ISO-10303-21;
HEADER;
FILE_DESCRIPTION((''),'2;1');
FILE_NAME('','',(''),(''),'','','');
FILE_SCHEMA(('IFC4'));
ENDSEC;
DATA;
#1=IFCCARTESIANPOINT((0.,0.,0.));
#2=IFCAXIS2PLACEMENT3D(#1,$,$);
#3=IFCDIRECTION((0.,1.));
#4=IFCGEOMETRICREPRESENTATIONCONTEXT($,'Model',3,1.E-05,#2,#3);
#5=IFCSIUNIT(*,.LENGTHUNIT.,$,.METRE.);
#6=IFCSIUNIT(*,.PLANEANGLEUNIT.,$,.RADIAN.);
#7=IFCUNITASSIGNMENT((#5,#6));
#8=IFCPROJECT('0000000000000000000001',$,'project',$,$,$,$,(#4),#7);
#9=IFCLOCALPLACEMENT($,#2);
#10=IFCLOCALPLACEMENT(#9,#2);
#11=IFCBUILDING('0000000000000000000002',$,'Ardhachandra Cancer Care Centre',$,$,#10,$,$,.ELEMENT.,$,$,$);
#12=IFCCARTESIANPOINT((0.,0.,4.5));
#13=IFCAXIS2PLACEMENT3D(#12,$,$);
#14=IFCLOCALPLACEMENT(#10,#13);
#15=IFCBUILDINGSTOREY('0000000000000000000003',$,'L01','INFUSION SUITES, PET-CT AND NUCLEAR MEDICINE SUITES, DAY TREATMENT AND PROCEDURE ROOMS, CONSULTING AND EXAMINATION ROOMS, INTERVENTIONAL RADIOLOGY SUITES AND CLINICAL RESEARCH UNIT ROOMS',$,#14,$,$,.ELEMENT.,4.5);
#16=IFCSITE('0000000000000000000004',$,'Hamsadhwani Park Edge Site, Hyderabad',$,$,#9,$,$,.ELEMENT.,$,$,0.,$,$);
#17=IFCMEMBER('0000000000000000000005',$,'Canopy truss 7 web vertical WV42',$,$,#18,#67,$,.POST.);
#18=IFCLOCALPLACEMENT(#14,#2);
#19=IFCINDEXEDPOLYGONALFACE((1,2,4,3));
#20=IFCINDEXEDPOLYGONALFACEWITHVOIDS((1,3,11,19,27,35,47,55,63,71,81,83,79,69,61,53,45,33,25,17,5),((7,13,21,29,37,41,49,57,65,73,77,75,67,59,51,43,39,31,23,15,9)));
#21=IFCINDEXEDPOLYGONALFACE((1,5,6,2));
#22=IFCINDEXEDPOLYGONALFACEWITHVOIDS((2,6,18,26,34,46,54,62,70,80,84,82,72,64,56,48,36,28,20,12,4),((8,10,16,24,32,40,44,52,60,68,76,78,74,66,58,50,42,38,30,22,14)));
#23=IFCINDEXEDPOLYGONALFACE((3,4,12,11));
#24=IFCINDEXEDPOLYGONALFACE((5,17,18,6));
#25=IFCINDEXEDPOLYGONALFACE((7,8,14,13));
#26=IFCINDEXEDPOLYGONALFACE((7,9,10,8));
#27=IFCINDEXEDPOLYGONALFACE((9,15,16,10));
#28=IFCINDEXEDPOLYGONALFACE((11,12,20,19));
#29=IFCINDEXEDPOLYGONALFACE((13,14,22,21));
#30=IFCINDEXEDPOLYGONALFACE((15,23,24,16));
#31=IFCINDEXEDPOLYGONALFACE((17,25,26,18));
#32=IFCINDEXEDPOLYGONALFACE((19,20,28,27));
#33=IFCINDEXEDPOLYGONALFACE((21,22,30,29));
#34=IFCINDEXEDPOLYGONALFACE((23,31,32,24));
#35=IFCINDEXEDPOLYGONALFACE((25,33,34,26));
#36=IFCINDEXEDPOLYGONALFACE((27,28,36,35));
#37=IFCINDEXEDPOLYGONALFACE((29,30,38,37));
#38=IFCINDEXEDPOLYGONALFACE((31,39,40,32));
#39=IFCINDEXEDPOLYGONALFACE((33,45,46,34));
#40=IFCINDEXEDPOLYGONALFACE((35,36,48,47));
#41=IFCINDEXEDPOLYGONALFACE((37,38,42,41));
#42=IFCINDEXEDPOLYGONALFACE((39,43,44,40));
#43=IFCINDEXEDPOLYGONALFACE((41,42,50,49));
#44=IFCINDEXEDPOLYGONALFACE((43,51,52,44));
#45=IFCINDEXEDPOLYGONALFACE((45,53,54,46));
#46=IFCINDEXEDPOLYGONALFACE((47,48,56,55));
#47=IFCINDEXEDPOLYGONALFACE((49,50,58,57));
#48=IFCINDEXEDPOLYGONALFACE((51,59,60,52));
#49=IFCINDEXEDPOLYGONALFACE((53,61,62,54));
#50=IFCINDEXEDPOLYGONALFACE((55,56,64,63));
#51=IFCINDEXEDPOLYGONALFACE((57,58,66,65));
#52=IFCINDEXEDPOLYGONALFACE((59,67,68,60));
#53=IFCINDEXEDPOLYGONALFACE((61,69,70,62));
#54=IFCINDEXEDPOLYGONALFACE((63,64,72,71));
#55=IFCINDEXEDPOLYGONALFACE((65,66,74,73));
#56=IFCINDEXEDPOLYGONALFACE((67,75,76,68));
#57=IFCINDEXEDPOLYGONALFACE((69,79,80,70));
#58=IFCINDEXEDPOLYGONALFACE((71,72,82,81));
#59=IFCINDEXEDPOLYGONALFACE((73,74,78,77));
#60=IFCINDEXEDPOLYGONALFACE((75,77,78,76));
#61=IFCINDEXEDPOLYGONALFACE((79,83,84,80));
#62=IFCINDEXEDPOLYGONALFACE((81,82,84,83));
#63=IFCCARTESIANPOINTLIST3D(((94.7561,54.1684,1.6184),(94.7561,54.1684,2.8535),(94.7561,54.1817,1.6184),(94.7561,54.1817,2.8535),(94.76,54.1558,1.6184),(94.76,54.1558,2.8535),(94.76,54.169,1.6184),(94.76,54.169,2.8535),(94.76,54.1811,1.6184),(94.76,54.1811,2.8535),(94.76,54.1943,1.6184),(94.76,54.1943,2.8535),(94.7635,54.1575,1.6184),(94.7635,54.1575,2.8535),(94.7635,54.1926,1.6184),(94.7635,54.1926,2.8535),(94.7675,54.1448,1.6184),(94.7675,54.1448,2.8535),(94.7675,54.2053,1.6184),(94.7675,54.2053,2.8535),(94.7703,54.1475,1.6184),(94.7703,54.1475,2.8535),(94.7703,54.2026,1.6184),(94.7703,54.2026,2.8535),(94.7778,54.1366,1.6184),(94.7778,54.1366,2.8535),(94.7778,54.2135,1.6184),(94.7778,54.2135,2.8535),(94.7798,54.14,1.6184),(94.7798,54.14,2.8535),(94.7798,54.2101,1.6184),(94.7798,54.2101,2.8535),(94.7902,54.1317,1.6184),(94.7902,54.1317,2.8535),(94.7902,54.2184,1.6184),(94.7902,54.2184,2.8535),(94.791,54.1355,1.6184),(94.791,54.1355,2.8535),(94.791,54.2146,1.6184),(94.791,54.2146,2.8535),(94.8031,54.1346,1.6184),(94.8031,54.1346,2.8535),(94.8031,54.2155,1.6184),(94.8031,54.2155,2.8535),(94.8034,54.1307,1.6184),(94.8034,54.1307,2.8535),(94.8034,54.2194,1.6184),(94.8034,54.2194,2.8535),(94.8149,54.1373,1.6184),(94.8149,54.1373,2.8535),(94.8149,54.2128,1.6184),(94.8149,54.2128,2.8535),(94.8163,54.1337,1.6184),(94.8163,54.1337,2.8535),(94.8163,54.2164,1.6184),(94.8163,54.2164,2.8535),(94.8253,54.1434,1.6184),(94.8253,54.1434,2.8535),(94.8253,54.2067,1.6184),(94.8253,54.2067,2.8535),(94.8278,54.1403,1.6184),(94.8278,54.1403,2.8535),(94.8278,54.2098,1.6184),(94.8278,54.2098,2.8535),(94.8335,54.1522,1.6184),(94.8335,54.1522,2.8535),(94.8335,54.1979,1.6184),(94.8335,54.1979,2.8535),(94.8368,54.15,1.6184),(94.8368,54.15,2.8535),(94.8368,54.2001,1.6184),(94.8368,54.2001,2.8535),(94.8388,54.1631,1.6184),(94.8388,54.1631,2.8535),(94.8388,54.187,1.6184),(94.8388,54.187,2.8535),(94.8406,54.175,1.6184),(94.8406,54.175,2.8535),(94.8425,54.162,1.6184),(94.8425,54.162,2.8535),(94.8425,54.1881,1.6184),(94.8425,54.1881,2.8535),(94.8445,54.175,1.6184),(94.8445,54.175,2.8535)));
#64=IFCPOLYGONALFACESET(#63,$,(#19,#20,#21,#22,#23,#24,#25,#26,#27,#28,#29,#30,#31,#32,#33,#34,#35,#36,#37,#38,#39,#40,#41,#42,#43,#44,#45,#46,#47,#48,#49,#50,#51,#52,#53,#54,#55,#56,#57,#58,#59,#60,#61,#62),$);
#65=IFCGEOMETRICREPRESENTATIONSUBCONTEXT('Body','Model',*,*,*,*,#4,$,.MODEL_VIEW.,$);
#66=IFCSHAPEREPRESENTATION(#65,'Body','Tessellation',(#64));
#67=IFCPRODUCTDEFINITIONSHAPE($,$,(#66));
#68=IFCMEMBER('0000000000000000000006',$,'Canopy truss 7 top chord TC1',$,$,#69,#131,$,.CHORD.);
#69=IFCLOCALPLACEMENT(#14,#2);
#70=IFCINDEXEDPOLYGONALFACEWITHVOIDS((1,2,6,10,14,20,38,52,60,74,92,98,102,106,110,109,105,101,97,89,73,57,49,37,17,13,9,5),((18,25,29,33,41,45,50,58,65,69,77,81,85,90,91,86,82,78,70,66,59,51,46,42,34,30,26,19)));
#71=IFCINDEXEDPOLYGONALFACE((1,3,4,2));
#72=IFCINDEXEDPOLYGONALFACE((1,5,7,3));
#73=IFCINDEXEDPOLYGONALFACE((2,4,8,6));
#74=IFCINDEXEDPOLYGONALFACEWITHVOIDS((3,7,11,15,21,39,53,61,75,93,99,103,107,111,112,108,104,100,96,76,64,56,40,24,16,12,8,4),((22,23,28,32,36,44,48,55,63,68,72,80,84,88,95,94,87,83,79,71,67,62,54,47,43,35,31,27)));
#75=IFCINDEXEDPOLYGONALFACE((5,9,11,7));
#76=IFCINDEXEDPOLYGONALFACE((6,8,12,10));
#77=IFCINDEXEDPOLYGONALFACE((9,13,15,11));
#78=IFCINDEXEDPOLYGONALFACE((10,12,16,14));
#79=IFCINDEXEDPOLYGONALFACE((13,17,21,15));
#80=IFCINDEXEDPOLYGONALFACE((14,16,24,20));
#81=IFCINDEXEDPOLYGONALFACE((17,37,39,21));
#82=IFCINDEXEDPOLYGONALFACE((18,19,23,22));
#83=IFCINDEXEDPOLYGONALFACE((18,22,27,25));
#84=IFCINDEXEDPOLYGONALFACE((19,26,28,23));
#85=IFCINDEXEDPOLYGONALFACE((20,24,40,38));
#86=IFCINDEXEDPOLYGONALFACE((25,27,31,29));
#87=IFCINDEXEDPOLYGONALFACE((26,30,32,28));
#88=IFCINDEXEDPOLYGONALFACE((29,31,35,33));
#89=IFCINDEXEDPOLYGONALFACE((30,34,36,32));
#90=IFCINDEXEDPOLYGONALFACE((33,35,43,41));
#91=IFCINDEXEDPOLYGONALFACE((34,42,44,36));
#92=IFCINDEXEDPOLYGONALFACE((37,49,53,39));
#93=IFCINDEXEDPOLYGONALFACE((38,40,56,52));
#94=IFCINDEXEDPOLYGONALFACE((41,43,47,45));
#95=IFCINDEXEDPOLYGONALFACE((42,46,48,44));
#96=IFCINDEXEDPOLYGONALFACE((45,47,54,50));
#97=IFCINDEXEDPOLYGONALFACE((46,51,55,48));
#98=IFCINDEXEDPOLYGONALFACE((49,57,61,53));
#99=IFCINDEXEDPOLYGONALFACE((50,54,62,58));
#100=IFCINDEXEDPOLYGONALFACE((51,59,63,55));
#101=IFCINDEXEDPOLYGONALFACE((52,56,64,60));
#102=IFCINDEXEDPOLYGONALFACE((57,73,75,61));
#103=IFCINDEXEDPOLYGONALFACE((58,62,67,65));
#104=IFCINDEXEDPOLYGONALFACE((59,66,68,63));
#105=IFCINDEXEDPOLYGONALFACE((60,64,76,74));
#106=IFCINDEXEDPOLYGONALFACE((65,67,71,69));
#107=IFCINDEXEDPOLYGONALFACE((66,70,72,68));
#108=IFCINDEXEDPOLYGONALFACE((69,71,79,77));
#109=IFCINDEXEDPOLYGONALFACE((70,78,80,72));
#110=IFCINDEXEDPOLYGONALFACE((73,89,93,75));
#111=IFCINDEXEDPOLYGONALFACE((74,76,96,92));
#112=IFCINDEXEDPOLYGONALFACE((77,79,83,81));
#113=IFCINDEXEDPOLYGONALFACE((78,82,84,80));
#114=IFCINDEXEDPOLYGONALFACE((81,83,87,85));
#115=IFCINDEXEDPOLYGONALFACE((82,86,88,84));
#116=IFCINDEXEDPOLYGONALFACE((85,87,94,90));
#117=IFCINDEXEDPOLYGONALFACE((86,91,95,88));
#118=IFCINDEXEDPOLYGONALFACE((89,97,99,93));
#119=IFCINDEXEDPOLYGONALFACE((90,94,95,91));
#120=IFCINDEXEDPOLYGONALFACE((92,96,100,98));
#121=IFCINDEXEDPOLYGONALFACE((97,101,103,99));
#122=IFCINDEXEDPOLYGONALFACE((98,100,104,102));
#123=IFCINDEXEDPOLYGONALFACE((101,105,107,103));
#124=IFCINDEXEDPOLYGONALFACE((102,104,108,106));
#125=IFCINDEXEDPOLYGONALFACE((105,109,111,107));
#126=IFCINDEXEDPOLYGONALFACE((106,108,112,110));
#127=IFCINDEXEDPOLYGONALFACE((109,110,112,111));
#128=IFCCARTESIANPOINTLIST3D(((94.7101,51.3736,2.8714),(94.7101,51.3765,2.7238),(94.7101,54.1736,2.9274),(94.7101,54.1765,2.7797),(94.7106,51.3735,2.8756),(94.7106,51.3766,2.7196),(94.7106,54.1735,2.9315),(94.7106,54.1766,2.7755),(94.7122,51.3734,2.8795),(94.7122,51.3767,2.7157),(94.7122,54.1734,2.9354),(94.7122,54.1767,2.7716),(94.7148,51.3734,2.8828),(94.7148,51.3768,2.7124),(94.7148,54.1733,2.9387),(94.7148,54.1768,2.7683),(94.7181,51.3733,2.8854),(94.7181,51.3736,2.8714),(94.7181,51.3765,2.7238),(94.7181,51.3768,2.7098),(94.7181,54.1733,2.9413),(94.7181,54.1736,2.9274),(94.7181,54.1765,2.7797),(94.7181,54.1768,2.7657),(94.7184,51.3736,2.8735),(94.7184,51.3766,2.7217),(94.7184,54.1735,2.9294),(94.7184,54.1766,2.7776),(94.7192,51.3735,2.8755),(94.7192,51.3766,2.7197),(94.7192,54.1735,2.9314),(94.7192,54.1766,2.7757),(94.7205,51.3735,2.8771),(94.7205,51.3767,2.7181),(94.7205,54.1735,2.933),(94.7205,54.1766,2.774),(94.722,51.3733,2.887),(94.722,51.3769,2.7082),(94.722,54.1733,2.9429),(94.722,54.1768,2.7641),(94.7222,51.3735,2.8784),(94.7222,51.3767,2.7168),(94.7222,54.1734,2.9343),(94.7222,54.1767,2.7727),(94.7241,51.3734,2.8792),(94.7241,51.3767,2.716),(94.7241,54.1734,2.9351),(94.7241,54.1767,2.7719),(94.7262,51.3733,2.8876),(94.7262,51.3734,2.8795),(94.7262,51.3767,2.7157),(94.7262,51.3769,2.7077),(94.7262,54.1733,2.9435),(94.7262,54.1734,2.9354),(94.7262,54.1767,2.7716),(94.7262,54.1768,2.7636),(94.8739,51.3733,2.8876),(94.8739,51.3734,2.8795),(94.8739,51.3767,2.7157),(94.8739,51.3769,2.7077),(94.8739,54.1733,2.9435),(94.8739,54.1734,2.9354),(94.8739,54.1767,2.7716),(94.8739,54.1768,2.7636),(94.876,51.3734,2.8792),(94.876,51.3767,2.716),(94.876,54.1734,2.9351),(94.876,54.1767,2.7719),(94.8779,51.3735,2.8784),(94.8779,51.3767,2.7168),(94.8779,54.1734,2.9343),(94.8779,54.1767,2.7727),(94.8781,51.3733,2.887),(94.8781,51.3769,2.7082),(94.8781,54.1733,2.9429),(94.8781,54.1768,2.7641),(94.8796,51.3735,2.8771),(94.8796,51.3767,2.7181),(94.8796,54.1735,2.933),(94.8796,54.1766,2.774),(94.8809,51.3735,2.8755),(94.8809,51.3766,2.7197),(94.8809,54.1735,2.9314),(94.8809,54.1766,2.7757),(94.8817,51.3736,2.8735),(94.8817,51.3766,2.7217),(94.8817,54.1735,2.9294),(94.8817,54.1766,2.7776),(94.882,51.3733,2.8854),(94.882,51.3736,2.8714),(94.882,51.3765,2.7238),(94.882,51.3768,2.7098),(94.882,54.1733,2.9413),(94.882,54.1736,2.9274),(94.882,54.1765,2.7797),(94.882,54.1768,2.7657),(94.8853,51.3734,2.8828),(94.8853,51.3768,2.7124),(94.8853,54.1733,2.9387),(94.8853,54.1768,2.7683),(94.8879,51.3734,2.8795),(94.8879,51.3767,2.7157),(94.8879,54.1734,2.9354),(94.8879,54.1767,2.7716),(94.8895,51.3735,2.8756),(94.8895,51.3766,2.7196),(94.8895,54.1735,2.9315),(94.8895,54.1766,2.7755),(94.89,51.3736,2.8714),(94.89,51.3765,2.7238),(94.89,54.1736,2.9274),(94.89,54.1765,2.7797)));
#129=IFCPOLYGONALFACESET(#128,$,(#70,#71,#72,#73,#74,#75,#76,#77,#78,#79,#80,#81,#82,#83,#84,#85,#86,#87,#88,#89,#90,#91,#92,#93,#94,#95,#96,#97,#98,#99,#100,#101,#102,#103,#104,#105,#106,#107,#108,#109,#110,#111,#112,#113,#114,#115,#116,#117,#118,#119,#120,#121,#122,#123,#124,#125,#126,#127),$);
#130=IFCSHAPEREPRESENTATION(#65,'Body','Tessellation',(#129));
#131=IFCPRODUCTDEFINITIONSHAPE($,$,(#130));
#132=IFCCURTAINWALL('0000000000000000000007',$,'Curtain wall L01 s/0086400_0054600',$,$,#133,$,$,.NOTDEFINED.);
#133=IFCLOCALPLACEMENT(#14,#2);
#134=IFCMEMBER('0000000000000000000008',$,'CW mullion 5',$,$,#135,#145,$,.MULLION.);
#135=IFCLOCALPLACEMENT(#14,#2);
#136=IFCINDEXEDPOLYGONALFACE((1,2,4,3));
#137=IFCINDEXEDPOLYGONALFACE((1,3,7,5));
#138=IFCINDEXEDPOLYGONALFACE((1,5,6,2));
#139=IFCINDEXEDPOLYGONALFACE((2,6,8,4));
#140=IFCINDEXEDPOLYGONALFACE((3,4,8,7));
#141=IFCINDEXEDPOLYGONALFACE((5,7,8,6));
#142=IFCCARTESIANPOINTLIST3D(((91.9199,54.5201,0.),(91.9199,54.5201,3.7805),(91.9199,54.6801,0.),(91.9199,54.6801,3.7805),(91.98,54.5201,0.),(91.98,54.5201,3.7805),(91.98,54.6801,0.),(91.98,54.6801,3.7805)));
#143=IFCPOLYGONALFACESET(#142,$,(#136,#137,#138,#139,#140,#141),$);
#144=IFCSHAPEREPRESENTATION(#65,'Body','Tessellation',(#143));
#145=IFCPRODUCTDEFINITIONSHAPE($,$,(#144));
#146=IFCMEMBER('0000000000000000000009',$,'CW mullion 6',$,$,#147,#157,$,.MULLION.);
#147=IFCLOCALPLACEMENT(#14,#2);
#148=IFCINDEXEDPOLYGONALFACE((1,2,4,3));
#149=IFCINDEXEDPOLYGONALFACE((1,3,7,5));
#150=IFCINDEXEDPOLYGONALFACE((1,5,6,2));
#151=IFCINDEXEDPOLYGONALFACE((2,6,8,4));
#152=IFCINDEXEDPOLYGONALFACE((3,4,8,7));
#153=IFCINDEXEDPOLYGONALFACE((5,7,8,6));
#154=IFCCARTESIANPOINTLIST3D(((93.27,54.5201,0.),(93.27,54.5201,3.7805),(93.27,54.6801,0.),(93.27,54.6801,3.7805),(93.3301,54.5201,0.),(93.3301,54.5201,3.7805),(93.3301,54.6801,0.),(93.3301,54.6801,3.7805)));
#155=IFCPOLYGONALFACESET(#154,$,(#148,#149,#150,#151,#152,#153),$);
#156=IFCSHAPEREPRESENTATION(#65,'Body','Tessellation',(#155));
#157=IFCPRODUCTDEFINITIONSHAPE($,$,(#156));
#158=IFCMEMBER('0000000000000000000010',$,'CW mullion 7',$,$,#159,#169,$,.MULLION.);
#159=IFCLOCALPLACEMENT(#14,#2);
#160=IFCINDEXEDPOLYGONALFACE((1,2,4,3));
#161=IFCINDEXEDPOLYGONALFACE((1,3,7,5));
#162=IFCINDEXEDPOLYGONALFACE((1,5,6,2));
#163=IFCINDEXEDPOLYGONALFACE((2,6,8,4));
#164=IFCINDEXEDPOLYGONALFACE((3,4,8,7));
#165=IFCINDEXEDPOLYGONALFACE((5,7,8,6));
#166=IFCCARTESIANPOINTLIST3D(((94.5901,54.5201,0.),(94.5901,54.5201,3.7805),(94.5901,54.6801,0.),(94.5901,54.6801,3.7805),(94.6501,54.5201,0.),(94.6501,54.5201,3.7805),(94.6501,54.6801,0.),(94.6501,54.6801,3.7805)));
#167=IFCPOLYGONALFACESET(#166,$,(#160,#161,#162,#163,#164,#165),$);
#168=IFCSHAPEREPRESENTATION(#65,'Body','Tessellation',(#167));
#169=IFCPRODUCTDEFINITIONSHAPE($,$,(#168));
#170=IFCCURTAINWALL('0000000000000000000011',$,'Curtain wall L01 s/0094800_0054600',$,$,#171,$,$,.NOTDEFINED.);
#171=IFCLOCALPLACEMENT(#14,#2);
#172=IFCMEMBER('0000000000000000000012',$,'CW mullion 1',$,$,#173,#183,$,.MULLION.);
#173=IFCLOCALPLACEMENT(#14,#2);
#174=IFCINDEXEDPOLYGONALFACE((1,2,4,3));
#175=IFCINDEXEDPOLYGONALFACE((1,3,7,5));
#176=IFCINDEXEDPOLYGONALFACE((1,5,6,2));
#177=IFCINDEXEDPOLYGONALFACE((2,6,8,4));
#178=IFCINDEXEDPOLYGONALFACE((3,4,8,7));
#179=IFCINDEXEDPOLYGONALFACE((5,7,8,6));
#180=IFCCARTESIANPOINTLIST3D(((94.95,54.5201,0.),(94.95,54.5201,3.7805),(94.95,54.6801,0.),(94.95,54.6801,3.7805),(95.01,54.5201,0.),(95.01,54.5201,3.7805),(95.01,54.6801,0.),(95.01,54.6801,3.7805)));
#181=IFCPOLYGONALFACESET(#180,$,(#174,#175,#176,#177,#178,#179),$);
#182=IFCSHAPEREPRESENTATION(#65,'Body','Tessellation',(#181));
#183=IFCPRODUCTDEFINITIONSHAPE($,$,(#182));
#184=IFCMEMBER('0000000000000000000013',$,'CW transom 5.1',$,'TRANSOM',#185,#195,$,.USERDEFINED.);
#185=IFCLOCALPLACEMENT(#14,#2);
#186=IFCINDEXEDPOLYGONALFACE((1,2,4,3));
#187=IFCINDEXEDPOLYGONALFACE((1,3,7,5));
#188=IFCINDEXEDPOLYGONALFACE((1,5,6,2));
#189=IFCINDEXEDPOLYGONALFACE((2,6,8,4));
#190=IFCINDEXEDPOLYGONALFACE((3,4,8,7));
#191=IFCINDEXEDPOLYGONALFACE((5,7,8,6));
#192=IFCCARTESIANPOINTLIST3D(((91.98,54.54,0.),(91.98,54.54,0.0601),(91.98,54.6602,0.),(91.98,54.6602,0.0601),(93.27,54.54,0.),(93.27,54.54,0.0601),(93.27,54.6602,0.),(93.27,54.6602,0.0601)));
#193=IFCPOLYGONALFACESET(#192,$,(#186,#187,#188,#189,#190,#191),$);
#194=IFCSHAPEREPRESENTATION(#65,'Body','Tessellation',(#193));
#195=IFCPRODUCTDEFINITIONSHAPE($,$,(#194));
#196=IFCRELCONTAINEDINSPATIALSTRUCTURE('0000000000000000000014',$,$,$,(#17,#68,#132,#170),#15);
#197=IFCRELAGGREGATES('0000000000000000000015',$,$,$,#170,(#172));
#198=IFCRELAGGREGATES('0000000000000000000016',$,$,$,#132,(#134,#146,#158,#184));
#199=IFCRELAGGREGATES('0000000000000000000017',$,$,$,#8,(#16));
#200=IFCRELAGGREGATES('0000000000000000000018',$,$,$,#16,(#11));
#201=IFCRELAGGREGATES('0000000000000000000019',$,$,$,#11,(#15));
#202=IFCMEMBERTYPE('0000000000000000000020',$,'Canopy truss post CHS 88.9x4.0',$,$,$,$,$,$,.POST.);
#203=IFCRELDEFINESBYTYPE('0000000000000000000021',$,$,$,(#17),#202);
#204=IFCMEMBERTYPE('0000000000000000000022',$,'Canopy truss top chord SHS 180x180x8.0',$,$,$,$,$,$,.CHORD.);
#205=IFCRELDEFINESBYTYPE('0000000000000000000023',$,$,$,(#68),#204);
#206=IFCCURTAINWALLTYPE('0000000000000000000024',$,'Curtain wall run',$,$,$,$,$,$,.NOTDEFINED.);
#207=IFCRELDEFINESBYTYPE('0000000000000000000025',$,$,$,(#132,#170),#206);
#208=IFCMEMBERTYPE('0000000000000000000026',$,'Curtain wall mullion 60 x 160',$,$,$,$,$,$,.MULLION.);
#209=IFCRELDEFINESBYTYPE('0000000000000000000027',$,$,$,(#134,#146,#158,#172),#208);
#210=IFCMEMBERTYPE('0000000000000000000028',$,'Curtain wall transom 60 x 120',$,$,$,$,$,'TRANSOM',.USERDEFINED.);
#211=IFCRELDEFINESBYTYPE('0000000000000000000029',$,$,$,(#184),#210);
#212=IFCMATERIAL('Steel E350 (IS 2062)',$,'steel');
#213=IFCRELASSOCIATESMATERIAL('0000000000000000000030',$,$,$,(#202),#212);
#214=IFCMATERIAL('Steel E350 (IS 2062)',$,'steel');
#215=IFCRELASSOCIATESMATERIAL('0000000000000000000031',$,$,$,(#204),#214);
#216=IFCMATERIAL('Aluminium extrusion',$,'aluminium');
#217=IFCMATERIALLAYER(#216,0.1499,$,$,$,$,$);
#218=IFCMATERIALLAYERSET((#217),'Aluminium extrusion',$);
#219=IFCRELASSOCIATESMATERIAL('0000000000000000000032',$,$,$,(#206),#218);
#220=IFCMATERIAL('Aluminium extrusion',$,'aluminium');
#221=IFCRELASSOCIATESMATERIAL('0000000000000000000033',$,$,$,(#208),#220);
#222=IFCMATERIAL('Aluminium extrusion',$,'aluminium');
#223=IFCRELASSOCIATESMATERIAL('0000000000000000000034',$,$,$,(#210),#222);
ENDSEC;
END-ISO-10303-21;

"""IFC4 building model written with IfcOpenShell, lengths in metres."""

from ifc_helpers import new_model, si_unit, direction, frame, origin, origin_2d, place, context, subcontext, project, spatial, rectangle, hollow_rectangle, hollow_circle, extrude, material, layer, layer_set, material_profile, profile_set, type_object, element, aggregate, save


model = new_model("IFC4")

# Units and contexts
model_context = context("Model", 3, precision=1e-05, world=origin(), true_north=direction((0.0, 1.0)))
body_context = subcontext(model_context, "Body", "Model", "MODEL_VIEW")
ifc_project = project(units=[si_unit("LENGTHUNIT", "METRE"), si_unit("PLANEANGLEUNIT", "RADIAN")], contexts=[model_context])

# Site, building, storey
site_placement = place(None, origin())
site = spatial("IfcSite", under=ifc_project, at=site_placement, Name="Hamsadhwani Park Edge Site, Hyderabad", CompositionType="ELEMENT", RefElevation=0.0)
building_placement = place(site_placement, origin())
building = spatial("IfcBuilding", under=site, at=building_placement, Name="Ardhachandra Cancer Care Centre", CompositionType="ELEMENT")
storey_placement = place(building_placement, frame((0.0, 0.0, 4.5)))
storey = spatial("IfcBuildingStorey", under=building, at=storey_placement, Name="L01", Description="INFUSION SUITES, PET-CT AND NUCLEAR MEDICINE SUITES, DAY TREATMENT AND PROCEDURE ROOMS, CONSULTING AND EXAMINATION ROOMS, INTERVENTIONAL RADIOLOGY SUITES AND CLINICAL RESEARCH UNIT ROOMS", CompositionType="ELEMENT", Elevation=4.5)

# Members
ifc_material_1 = material(Name="Steel E350 (IS 2062)", Category="steel")
ifc_material_profile_1 = material_profile(ifc_material_1, hollow_circle(Radius=0.0444, WallThickness=0.0039, at=origin_2d()), Name="CHS 88.9x4.0")
ifc_profile_set_1 = profile_set([ifc_material_profile_1], Name="Steel E350 (IS 2062)")
member_type_1 = type_object("IfcMemberType", Name="Canopy truss post CHS 88.9x4.0", PredefinedType="POST", material=ifc_profile_set_1)
member_1_placement = place(storey_placement, frame((94.8, 54.175, 2.8535), z_axis=(0.0, 0.0, -1.0), x_axis=(1.0, 0.0, 0.0)))
element("IfcMember", 1, at=member_1_placement, inside=storey, type_object=member_type_1, Name="Canopy truss 7 web vertical WV42", PredefinedType="POST", context=body_context, shape_type="SweptSolid", body=[
    extrude(hollow_circle(Radius=0.0444, WallThickness=0.0039, at=origin_2d()), origin(), (0.0, 0.0, 1.0), 1.2351),
])
ifc_material_2 = material(Name="Steel E350 (IS 2062)", Category="steel")
ifc_material_profile_2 = material_profile(ifc_material_2, hollow_rectangle(XDim=0.1799, YDim=0.1799, WallThickness=0.0081, InnerFilletRadius=0.0081, OuterFilletRadius=0.0161, at=origin_2d()), Name="SHS 180x180x8.0")
ifc_profile_set_2 = profile_set([ifc_material_profile_2], Name="Steel E350 (IS 2062)")
member_type_2 = type_object("IfcMemberType", Name="Canopy truss top chord SHS 180x180x8.0", PredefinedType="CHORD", material=ifc_profile_set_2)
member_2_placement = place(storey_placement, frame((94.8, 54.175, 2.8535), z_axis=(0.0, -0.999801, -0.019963), x_axis=(1.0, 0.0, 0.0)))
element("IfcMember", 2, at=member_2_placement, inside=storey, type_object=member_type_2, Name="Canopy truss 7 top chord TC1", PredefinedType="CHORD", context=body_context, shape_type="SweptSolid", body=[
    extrude(hollow_rectangle(XDim=0.1799, YDim=0.1799, WallThickness=0.0081, InnerFilletRadius=0.0081, OuterFilletRadius=0.0161, at=origin_2d()), origin(), (0.0, 0.0, 1.0), 2.8005),
])

# Curtain wall, members
ifc_material_3 = material(Name="Aluminium extrusion", Category="aluminium")
ifc_layer_1 = layer(ifc_material_3, 0.1499)
ifc_layer_set_1 = layer_set([ifc_layer_1], Name="Aluminium extrusion")
curtain_wall_type = type_object("IfcCurtainWallType", Name="Curtain wall run", PredefinedType="NOTDEFINED", material=ifc_layer_set_1)
curtain_wall_1_placement = place(storey_placement, origin())
curtain_wall_1 = element("IfcCurtainWall", 3, at=curtain_wall_1_placement, inside=storey, type_object=curtain_wall_type, Name="Curtain wall L01 s/0086400_0054600", PredefinedType="NOTDEFINED")
ifc_material_4 = material(Name="Aluminium extrusion", Category="aluminium")
ifc_material_profile_3 = material_profile(ifc_material_4, rectangle(XDim=0.1599, YDim=0.0601, at=origin_2d()), Name="Curtain wall mullion 60 x 160")
ifc_profile_set_3 = profile_set([ifc_material_profile_3], Name="Aluminium extrusion")
member_type_3 = type_object("IfcMemberType", Name="Curtain wall mullion 60 x 160", PredefinedType="MULLION", material=ifc_profile_set_3)
member_3_placement = place(storey_placement, frame((91.95, 54.6001, 0.0), z_axis=(0.0, 0.0, 1.0), x_axis=(0.0, 1.0, 0.0)))
member_3 = element("IfcMember", 4, at=member_3_placement, type_object=member_type_3, Name="CW mullion 5", PredefinedType="MULLION", context=body_context, shape_type="SweptSolid", body=[
    extrude(rectangle(XDim=0.1599, YDim=0.0601, at=origin_2d()), origin(), (0.0, 0.0, 1.0), 3.7805),
])
member_4_placement = place(storey_placement, frame((93.3, 54.6001, 0.0), z_axis=(0.0, 0.0, 1.0), x_axis=(0.0, 1.0, 0.0)))
member_4 = element("IfcMember", 5, at=member_4_placement, type_object=member_type_3, Name="CW mullion 6", PredefinedType="MULLION", context=body_context, shape_type="SweptSolid", body=[
    extrude(rectangle(XDim=0.1599, YDim=0.0601, at=origin_2d()), origin(), (0.0, 0.0, 1.0), 3.7805),
])
member_5_placement = place(storey_placement, frame((94.6201, 54.6001, 0.0), z_axis=(0.0, 0.0, 1.0), x_axis=(0.0, 1.0, 0.0)))
member_5 = element("IfcMember", 6, at=member_5_placement, type_object=member_type_3, Name="CW mullion 7", PredefinedType="MULLION", context=body_context, shape_type="SweptSolid", body=[
    extrude(rectangle(XDim=0.1599, YDim=0.0601, at=origin_2d()), origin(), (0.0, 0.0, 1.0), 3.7805),
])

# Curtain wall, member
curtain_wall_2_placement = place(storey_placement, origin())
curtain_wall_2 = element("IfcCurtainWall", 7, at=curtain_wall_2_placement, inside=storey, type_object=curtain_wall_type, Name="Curtain wall L01 s/0094800_0054600", PredefinedType="NOTDEFINED")
member_6_placement = place(storey_placement, frame((94.98, 54.6001, 0.0), z_axis=(0.0, 0.0, 1.0), x_axis=(0.0, 1.0, 0.0)))
member_6 = element("IfcMember", 8, at=member_6_placement, type_object=member_type_3, Name="CW mullion 1", PredefinedType="MULLION", context=body_context, shape_type="SweptSolid", body=[
    extrude(rectangle(XDim=0.1599, YDim=0.0601, at=origin_2d()), origin(), (0.0, 0.0, 1.0), 3.7805),
])

# Member
ifc_material_5 = material(Name="Aluminium extrusion", Category="aluminium")
ifc_material_profile_4 = material_profile(ifc_material_5, rectangle(XDim=0.1201, YDim=0.0601, at=origin_2d()), Name="Curtain wall transom 60 x 120")
ifc_profile_set_4 = profile_set([ifc_material_profile_4], Name="Aluminium extrusion")
member_type_4 = type_object("IfcMemberType", Name="Curtain wall transom 60 x 120", ElementType="TRANSOM", PredefinedType="USERDEFINED", material=ifc_profile_set_4)
member_7_placement = place(storey_placement, frame((91.98, 54.6001, 0.03), z_axis=(1.0, 0.0, 0.0), x_axis=(0.0, 1.0, 0.0)))
member_7 = element("IfcMember", 9, at=member_7_placement, type_object=member_type_4, Name="CW transom 5.1", ObjectType="TRANSOM", PredefinedType="USERDEFINED", context=body_context, shape_type="SweptSolid", body=[
    extrude(rectangle(XDim=0.1201, YDim=0.0601, at=origin_2d()), origin(), (0.0, 0.0, 1.0), 1.29),
])
aggregate(curtain_wall_2, [member_6])

aggregate(curtain_wall_1, [member_3, member_4, member_5, member_7])

save(model, "model.ifc")
